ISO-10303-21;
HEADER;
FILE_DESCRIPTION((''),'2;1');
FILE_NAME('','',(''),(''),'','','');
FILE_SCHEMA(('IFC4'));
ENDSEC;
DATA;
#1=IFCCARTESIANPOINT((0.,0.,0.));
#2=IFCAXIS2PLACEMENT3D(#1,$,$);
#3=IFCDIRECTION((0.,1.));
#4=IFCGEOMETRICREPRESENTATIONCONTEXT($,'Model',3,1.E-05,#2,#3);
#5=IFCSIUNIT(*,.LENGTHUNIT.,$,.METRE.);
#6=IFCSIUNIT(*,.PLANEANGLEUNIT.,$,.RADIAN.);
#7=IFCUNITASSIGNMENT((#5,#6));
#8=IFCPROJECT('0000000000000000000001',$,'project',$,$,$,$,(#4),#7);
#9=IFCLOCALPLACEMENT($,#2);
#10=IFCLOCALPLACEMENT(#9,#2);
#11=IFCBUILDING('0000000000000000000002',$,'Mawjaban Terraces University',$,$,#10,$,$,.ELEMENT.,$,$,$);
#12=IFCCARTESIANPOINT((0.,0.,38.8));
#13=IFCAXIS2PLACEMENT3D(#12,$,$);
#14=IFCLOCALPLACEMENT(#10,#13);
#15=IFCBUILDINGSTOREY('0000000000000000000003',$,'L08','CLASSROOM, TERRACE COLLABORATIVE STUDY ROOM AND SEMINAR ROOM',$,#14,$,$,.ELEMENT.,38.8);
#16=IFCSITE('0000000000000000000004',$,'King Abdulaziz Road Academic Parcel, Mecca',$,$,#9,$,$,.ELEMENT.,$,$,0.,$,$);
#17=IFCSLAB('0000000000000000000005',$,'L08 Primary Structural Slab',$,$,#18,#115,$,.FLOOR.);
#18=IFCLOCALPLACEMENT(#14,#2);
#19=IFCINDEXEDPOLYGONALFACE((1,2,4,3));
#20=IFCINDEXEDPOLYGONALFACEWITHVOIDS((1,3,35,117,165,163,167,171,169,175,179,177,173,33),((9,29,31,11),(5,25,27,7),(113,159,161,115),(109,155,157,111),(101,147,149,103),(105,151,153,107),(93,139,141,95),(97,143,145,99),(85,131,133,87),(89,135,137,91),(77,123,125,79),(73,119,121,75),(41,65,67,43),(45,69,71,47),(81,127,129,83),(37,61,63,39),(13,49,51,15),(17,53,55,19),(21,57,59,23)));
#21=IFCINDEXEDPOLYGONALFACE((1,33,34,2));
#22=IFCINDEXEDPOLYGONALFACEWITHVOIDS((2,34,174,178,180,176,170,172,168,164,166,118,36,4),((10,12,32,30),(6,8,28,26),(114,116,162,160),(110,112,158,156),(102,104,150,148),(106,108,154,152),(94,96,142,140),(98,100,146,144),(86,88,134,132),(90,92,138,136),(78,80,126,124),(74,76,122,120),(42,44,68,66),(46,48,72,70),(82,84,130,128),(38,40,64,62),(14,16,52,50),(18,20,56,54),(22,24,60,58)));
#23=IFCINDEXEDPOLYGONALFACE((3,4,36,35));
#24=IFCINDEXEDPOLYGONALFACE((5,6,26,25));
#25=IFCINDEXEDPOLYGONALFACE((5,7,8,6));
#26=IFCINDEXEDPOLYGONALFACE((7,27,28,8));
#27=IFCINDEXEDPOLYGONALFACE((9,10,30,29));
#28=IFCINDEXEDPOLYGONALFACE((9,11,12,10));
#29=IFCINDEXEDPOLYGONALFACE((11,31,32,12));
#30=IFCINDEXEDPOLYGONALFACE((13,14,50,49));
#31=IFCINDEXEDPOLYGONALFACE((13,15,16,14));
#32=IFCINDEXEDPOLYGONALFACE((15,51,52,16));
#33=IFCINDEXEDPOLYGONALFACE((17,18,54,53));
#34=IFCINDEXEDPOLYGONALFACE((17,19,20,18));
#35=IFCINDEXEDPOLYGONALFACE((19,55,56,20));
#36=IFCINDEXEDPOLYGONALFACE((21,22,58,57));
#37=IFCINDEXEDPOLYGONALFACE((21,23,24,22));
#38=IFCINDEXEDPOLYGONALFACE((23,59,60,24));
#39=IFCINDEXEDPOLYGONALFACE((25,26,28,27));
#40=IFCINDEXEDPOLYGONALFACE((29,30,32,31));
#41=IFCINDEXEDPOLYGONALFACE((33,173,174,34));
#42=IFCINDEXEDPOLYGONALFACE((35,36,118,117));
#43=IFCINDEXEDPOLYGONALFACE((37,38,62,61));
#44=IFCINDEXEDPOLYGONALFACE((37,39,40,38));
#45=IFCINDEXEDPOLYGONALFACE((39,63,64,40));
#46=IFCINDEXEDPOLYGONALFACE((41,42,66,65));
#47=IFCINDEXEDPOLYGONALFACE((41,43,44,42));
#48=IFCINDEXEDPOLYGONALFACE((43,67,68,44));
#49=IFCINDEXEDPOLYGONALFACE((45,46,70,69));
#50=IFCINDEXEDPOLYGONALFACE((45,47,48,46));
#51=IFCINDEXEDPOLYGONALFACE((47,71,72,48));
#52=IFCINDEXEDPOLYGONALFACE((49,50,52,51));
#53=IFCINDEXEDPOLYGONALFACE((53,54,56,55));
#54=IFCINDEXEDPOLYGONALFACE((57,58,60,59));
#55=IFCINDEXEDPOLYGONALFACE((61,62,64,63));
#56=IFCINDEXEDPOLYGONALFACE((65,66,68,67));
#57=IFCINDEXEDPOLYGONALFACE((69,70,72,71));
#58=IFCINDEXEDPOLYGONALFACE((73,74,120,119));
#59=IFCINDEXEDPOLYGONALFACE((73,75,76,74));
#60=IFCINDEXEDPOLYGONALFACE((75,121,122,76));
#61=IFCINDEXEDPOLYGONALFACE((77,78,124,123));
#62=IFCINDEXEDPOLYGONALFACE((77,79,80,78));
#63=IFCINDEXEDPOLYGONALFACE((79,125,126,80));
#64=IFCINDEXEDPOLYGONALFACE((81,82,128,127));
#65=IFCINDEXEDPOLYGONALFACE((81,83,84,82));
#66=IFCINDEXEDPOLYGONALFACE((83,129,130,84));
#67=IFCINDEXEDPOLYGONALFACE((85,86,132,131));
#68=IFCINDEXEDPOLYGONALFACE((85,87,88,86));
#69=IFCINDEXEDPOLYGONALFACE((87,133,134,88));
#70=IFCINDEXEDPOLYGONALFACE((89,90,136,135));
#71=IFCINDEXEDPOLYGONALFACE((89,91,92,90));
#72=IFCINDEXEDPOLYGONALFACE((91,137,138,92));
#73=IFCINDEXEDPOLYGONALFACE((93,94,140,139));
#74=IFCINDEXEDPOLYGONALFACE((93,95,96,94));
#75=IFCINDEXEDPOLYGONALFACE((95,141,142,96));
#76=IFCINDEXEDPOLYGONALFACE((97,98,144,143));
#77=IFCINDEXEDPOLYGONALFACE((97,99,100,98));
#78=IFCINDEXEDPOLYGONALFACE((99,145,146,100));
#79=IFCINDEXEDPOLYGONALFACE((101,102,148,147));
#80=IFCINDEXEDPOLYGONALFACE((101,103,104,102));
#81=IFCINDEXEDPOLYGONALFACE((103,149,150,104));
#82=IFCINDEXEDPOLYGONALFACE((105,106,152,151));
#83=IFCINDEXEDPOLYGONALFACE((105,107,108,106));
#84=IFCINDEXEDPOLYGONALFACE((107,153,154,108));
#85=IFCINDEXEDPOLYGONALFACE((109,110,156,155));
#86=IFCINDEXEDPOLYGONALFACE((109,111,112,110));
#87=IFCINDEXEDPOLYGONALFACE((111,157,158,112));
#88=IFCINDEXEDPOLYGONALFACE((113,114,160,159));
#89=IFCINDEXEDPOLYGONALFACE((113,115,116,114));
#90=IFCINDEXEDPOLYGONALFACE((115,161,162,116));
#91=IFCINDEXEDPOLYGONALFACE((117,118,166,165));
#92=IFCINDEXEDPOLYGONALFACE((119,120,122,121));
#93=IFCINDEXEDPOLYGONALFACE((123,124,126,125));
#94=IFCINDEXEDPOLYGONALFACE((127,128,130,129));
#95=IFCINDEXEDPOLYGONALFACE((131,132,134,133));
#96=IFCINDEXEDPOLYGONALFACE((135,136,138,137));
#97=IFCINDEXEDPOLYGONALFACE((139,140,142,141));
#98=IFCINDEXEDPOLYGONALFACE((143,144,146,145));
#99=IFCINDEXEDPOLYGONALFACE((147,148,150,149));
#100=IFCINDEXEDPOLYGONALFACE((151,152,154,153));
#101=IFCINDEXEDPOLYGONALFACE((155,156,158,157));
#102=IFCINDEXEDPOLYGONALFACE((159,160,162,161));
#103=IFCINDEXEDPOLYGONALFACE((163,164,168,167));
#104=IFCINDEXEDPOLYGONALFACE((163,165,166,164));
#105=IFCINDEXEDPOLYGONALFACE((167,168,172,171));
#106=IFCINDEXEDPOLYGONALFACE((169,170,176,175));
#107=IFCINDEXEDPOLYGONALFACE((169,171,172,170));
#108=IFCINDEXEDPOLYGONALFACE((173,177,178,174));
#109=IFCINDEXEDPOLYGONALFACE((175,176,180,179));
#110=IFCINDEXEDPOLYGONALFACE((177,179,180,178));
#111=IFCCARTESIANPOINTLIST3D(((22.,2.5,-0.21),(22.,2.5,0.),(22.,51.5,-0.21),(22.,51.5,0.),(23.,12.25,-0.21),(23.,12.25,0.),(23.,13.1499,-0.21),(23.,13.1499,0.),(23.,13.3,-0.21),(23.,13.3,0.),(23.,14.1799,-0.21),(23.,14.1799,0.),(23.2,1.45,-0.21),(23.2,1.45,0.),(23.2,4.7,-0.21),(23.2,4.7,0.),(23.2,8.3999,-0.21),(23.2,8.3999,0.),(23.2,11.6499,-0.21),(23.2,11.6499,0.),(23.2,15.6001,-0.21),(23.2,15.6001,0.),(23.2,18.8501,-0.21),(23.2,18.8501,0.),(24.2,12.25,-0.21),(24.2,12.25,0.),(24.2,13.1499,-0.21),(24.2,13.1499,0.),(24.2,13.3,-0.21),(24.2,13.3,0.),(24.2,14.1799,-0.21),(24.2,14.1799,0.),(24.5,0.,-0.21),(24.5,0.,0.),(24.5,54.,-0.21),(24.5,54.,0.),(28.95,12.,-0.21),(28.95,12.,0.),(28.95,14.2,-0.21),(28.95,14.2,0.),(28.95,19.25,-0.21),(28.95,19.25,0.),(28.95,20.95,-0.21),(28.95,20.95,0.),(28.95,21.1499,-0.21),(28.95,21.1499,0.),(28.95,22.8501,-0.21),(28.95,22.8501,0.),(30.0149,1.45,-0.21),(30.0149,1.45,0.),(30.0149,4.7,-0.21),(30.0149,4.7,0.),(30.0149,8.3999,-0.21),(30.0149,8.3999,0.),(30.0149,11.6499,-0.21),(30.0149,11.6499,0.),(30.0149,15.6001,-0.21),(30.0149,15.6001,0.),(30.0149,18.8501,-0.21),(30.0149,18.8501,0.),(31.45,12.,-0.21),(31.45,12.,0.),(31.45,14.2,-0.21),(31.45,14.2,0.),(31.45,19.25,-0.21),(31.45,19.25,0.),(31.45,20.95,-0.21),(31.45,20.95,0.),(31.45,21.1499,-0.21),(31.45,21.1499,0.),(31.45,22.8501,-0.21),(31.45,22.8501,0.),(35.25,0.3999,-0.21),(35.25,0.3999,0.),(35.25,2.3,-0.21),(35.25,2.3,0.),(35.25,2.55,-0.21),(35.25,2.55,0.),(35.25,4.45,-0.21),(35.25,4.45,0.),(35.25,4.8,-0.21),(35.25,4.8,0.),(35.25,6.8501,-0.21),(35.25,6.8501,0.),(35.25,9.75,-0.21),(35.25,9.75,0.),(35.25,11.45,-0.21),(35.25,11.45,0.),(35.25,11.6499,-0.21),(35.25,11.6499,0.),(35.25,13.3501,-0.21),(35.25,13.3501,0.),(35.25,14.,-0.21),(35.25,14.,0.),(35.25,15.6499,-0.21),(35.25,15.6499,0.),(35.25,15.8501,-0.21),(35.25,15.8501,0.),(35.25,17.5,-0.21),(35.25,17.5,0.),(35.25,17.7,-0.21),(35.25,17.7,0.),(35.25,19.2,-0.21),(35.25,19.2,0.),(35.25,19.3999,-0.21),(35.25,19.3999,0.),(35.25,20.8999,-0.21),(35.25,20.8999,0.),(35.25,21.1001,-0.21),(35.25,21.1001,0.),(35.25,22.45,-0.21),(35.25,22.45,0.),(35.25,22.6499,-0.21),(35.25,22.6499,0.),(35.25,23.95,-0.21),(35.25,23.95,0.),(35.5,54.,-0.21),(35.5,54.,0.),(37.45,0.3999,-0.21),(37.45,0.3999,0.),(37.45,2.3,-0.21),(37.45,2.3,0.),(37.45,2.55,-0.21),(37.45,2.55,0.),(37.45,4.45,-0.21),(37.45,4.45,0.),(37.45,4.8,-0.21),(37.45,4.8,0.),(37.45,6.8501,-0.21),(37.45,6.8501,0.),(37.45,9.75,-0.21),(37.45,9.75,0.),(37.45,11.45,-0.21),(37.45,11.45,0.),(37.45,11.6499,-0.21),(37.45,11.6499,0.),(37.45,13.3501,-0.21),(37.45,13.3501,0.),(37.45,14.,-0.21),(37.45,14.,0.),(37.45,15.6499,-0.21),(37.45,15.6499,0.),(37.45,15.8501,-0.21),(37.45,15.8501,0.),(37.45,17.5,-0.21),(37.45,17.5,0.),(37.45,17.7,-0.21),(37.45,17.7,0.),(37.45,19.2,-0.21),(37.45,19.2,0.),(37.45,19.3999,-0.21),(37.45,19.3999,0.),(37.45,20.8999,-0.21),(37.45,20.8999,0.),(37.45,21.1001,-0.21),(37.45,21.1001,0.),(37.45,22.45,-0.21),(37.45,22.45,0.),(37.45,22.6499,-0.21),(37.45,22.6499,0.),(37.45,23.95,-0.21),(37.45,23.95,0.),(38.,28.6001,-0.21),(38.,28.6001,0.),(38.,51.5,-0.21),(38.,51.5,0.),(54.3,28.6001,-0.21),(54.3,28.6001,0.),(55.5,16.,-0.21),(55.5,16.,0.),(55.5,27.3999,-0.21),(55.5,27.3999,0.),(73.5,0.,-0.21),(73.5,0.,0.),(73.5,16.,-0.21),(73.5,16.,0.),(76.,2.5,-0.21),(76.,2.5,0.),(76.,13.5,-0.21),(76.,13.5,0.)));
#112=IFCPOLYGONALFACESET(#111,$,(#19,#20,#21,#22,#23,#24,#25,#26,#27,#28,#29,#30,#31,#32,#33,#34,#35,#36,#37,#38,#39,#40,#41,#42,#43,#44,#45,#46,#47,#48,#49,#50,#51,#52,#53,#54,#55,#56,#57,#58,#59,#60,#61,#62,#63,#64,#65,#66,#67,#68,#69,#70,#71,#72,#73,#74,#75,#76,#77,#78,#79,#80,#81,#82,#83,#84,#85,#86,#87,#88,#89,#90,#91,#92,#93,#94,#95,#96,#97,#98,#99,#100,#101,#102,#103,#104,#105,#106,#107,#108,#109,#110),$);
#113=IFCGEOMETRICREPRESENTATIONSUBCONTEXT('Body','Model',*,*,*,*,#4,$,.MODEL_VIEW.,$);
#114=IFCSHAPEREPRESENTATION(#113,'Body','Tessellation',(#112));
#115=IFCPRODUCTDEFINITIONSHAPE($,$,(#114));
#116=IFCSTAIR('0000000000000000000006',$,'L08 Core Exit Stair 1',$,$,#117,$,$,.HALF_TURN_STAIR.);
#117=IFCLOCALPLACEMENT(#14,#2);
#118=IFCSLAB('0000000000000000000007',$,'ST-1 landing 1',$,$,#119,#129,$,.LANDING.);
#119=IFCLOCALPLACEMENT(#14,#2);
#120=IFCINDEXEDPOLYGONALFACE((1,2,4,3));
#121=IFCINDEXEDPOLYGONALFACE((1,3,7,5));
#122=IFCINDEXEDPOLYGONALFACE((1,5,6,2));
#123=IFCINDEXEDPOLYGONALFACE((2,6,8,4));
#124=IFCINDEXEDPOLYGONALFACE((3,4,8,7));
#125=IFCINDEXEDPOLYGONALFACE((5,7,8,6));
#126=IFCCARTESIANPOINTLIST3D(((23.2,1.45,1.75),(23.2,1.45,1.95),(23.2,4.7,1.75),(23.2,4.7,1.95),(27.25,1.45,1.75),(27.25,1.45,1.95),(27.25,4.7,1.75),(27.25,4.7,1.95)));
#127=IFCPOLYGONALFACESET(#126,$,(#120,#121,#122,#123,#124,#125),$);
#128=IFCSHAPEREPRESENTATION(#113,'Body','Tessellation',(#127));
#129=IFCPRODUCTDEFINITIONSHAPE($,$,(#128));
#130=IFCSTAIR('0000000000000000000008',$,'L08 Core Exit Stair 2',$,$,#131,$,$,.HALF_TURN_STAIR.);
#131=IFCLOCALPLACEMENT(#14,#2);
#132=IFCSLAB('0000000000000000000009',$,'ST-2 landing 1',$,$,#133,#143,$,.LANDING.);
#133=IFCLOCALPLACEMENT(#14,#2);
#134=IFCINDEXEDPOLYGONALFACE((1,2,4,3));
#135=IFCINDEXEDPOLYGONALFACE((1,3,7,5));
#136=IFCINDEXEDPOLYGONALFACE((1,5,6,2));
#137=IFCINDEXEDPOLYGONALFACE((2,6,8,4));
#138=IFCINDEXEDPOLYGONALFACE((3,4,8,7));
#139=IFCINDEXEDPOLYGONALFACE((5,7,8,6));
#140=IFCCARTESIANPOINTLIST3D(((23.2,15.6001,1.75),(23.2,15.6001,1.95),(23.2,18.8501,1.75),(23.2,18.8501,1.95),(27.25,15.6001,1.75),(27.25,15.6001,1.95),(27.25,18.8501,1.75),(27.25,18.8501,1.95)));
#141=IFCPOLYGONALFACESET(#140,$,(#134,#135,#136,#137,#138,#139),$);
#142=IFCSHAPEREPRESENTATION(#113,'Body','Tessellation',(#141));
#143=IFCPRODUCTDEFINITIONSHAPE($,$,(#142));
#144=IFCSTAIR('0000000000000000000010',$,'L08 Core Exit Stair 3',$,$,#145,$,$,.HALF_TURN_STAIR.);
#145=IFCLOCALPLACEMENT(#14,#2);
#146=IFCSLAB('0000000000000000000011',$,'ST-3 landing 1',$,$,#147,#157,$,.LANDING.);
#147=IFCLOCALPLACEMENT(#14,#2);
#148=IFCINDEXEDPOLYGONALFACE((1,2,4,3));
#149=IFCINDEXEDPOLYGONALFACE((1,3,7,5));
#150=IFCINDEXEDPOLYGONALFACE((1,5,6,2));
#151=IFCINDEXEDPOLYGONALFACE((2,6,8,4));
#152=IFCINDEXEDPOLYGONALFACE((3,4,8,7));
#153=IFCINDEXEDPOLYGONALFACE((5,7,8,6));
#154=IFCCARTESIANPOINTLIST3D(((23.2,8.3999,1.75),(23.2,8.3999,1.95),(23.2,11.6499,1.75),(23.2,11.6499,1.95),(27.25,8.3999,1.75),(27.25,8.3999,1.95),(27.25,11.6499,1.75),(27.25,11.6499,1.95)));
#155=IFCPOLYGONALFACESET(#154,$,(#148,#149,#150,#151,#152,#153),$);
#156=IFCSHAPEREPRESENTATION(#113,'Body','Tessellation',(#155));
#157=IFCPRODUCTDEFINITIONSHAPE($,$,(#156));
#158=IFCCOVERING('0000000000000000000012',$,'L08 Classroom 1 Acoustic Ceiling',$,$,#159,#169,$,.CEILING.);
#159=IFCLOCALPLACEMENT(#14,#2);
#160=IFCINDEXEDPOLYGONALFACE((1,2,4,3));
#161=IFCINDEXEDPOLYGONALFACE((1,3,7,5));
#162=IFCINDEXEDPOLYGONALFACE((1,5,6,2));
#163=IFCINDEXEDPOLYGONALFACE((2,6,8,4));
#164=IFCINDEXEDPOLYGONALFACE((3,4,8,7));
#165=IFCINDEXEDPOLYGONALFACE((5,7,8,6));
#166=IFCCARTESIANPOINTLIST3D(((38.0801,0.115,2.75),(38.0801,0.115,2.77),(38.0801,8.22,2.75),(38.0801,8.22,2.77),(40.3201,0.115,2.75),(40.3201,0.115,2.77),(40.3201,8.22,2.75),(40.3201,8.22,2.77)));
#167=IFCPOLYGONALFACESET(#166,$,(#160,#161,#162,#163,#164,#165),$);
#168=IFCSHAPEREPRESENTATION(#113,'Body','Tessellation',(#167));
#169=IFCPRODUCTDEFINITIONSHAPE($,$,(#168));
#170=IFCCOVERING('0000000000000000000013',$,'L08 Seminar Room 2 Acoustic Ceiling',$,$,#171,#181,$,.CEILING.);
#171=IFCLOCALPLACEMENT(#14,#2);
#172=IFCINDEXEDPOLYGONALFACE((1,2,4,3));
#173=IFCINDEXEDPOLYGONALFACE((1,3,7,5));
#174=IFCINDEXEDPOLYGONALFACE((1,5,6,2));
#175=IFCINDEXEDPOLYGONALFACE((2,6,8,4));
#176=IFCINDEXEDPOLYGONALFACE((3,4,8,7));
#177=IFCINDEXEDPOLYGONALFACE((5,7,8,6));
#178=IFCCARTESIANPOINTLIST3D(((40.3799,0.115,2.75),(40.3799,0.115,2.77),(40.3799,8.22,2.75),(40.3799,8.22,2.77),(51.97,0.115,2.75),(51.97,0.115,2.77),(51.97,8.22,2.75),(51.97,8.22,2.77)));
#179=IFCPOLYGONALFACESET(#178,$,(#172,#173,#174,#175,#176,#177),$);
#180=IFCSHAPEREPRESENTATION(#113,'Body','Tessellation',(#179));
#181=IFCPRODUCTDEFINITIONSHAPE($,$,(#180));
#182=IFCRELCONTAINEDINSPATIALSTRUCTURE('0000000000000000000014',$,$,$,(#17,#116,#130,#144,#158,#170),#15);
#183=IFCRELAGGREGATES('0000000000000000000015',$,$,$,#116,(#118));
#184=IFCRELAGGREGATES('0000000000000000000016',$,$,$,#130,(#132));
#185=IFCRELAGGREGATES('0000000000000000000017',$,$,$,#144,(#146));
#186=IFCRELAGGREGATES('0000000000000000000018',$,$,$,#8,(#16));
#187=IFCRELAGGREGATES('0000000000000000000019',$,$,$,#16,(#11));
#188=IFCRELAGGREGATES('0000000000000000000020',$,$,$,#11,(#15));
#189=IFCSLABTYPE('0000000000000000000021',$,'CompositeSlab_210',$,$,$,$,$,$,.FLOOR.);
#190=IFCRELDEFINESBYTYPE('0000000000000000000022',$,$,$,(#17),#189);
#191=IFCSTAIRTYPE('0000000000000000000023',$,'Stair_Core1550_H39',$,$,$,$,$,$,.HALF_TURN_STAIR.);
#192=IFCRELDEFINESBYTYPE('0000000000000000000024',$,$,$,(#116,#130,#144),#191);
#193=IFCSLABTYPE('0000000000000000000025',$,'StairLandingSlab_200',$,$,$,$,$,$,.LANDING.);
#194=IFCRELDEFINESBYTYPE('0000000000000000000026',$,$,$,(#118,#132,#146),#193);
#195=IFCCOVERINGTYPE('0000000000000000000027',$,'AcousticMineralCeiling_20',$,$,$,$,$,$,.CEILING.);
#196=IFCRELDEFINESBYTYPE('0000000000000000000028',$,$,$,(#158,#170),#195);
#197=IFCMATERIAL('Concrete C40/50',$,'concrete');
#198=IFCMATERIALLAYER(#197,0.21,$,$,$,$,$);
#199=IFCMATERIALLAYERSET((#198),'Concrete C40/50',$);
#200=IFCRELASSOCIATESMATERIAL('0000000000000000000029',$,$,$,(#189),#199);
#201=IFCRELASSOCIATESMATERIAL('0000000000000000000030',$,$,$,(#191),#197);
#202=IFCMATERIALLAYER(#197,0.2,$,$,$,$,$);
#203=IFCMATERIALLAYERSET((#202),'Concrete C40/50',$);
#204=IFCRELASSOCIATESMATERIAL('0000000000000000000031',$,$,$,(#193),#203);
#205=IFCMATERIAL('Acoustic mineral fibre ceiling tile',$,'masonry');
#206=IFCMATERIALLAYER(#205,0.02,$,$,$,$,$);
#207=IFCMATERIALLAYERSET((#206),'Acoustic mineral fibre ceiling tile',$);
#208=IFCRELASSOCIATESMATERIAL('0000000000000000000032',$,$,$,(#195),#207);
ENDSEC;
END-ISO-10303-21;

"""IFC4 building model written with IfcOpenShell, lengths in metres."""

from ifc_helpers import new_model, si_unit, direction, frame, origin, place, context, subcontext, project, spatial, polyline, outline, extrude, material, layer, layer_set, type_object, element, aggregate, save


model = new_model("IFC4")

# Units and contexts
model_context = context("Model", 3, precision=1e-05, world=origin(), true_north=direction((0.0, 1.0)))
body_context = subcontext(model_context, "Body", "Model", "MODEL_VIEW")
ifc_project = project(units=[si_unit("LENGTHUNIT", "METRE"), si_unit("PLANEANGLEUNIT", "RADIAN")], contexts=[model_context])

# Site, building, storey
site_placement = place(None, origin())
site = spatial("IfcSite", under=ifc_project, at=site_placement, Name="King Abdulaziz Road Academic Parcel, Mecca", CompositionType="ELEMENT", RefElevation=0.0)
building_placement = place(site_placement, origin())
building = spatial("IfcBuilding", under=site, at=building_placement, Name="Mawjaban Terraces University", CompositionType="ELEMENT")
storey_placement = place(building_placement, frame((0.0, 0.0, 38.8)))
storey = spatial("IfcBuildingStorey", under=building, at=storey_placement, Name="L08", Description="CLASSROOM, TERRACE COLLABORATIVE STUDY ROOM AND SEMINAR ROOM", CompositionType="ELEMENT", Elevation=38.8)

# Slab
ifc_material_1 = material(Name="Concrete C40/50", Category="concrete")
ifc_layer_1 = layer(ifc_material_1, 0.21)
ifc_layer_set_1 = layer_set([ifc_layer_1], Name="Concrete C40/50")
slab_type_1 = type_object("IfcSlabType", Name="CompositeSlab_210", PredefinedType="FLOOR", material=ifc_layer_set_1)
slab_1_placement = place(storey_placement, frame((0.0, 0.0, -0.21)))
element("IfcSlab", 1, at=slab_1_placement, inside=storey, type_object=slab_type_1, Name="L08 Primary Structural Slab", PredefinedType="FLOOR", context=body_context, shape_type="SweptSolid", body=[
    extrude(outline(polyline([(24.5, 0.0), (73.5, 0.0), (76.0, 2.5), (76.0, 13.5), (73.5, 16.0), (55.5, 16.0), (55.5, 27.3999), (54.3, 28.6001), (38.0, 28.6001), (38.0, 51.5), (35.5, 54.0), (24.5, 54.0), (22.0, 51.5), (22.0, 2.5), (24.5, 0.0)]), holes=[polyline([(30.0149, 4.7), (23.2, 4.7), (23.2, 1.45), (30.0149, 1.45), (30.0149, 4.7)]), polyline([(30.0149, 18.8501), (23.2, 18.8501), (23.2, 15.6001), (30.0149, 15.6001), (30.0149, 18.8501)]), polyline([(30.0149, 11.6499), (23.2, 11.6499), (23.2, 8.3999), (30.0149, 8.3999), (30.0149, 11.6499)]), polyline([(35.25, 0.3999), (37.45, 0.3999), (37.45, 2.3), (35.25, 2.3), (35.25, 0.3999)]), polyline([(35.25, 2.55), (37.45, 2.55), (37.45, 4.45), (35.25, 4.45), (35.25, 2.55)]), polyline([(35.25, 4.8), (37.45, 4.8), (37.45, 6.8501), (35.25, 6.8501), (35.25, 4.8)]), polyline([(35.25, 9.75), (37.45, 9.75), (37.45, 11.45), (35.25, 11.45), (35.25, 9.75)]), polyline([(35.25, 11.6499), (37.45, 11.6499), (37.45, 13.3501), (35.25, 13.3501), (35.25, 11.6499)]), polyline([(28.95, 12.0), (31.45, 12.0), (31.45, 14.2), (28.95, 14.2), (28.95, 12.0)]), polyline([(35.25, 14.0), (37.45, 14.0), (37.45, 15.6499), (35.25, 15.6499), (35.25, 14.0)]), polyline([(35.25, 15.8501), (37.45, 15.8501), (37.45, 17.5), (35.25, 17.5), (35.25, 15.8501)]), polyline([(35.25, 17.7), (37.45, 17.7), (37.45, 19.2), (35.25, 19.2), (35.25, 17.7)]), polyline([(35.25, 19.3999), (37.45, 19.3999), (37.45, 20.8999), (35.25, 20.8999), (35.25, 19.3999)]), polyline([(28.95, 19.25), (31.45, 19.25), (31.45, 20.95), (28.95, 20.95), (28.95, 19.25)]), polyline([(35.25, 21.1001), (37.45, 21.1001), (37.45, 22.45), (35.25, 22.45), (35.25, 21.1001)]), polyline([(35.25, 22.6499), (37.45, 22.6499), (37.45, 23.95), (35.25, 23.95), (35.25, 22.6499)]), polyline([(28.95, 21.1499), (31.45, 21.1499), (31.45, 22.8501), (28.95, 22.8501), (28.95, 21.1499)]), polyline([(23.0, 12.25), (24.2, 12.25), (24.2, 13.1499), (23.0, 13.1499), (23.0, 12.25)]), polyline([(23.0, 13.3), (24.2, 13.3), (24.2, 14.1799), (23.0, 14.1799), (23.0, 13.3)])]), origin(), (0.0, 0.0, 1.0), 0.21),
])

# Stairs, slabs
stair_type = type_object("IfcStairType", Name="Stair_Core1550_H39", PredefinedType="HALF_TURN_STAIR", material=ifc_material_1)
stair_1_placement = place(storey_placement, origin())
stair_1 = element("IfcStair", 2, at=stair_1_placement, inside=storey, type_object=stair_type, Name="L08 Core Exit Stair 1", PredefinedType="HALF_TURN_STAIR")
ifc_layer_2 = layer(ifc_material_1, 0.2)
ifc_layer_set_2 = layer_set([ifc_layer_2], Name="Concrete C40/50")
slab_type_2 = type_object("IfcSlabType", Name="StairLandingSlab_200", PredefinedType="LANDING", material=ifc_layer_set_2)
slab_2_placement = place(storey_placement, frame((0.0, 0.0, 1.75)))
slab_2 = element("IfcSlab", 3, at=slab_2_placement, type_object=slab_type_2, Name="ST-1 landing 1", PredefinedType="LANDING", context=body_context, shape_type="SweptSolid", body=[
    extrude(outline(polyline([(27.25, 4.7), (23.2, 4.7), (23.2, 1.45), (27.25, 1.45), (27.25, 4.7)])), origin(), (0.0, 0.0, 1.0), 0.2),
])
aggregate(stair_1, [slab_2])
stair_2_placement = place(storey_placement, origin())
stair_2 = element("IfcStair", 4, at=stair_2_placement, inside=storey, type_object=stair_type, Name="L08 Core Exit Stair 2", PredefinedType="HALF_TURN_STAIR")
slab_3_placement = place(storey_placement, frame((0.0, 0.0, 1.75)))
slab_3 = element("IfcSlab", 5, at=slab_3_placement, type_object=slab_type_2, Name="ST-2 landing 1", PredefinedType="LANDING", context=body_context, shape_type="SweptSolid", body=[
    extrude(outline(polyline([(27.25, 18.8501), (23.2, 18.8501), (23.2, 15.6001), (27.25, 15.6001), (27.25, 18.8501)])), origin(), (0.0, 0.0, 1.0), 0.2),
])
aggregate(stair_2, [slab_3])
stair_3_placement = place(storey_placement, origin())
stair_3 = element("IfcStair", 6, at=stair_3_placement, inside=storey, type_object=stair_type, Name="L08 Core Exit Stair 3", PredefinedType="HALF_TURN_STAIR")
slab_4_placement = place(storey_placement, frame((0.0, 0.0, 1.75)))
slab_4 = element("IfcSlab", 7, at=slab_4_placement, type_object=slab_type_2, Name="ST-3 landing 1", PredefinedType="LANDING", context=body_context, shape_type="SweptSolid", body=[
    extrude(outline(polyline([(27.25, 11.6499), (23.2, 11.6499), (23.2, 8.3999), (27.25, 8.3999), (27.25, 11.6499)])), origin(), (0.0, 0.0, 1.0), 0.2),
])
aggregate(stair_3, [slab_4])

# Coverings
ifc_material_2 = material(Name="Acoustic mineral fibre ceiling tile", Category="masonry")
ifc_layer_3 = layer(ifc_material_2, 0.02)
ifc_layer_set_3 = layer_set([ifc_layer_3], Name="Acoustic mineral fibre ceiling tile")
covering_type_1 = type_object("IfcCoveringType", Name="AcousticMineralCeiling_20", PredefinedType="CEILING", material=ifc_layer_set_3)
covering_1_placement = place(storey_placement, frame((0.0, 0.0, 2.75)))
element("IfcCovering", 8, at=covering_1_placement, inside=storey, type_object=covering_type_1, Name="L08 Classroom 1 Acoustic Ceiling", PredefinedType="CEILING", context=body_context, shape_type="SweptSolid", body=[
    extrude(outline(polyline([(38.0801, 0.115), (40.3201, 0.115), (40.3201, 8.22), (38.0801, 8.22), (38.0801, 0.115)])), origin(), (0.0, 0.0, 1.0), 0.02),
])
covering_2_placement = place(storey_placement, frame((0.0, 0.0, 2.75)))
element("IfcCovering", 9, at=covering_2_placement, inside=storey, type_object=covering_type_1, Name="L08 Seminar Room 2 Acoustic Ceiling", PredefinedType="CEILING", context=body_context, shape_type="SweptSolid", body=[
    extrude(outline(polyline([(40.3799, 0.115), (51.97, 0.115), (51.97, 8.22), (40.3799, 8.22), (40.3799, 0.115)])), origin(), (0.0, 0.0, 1.0), 0.02),
])

save(model, "model.ifc")
